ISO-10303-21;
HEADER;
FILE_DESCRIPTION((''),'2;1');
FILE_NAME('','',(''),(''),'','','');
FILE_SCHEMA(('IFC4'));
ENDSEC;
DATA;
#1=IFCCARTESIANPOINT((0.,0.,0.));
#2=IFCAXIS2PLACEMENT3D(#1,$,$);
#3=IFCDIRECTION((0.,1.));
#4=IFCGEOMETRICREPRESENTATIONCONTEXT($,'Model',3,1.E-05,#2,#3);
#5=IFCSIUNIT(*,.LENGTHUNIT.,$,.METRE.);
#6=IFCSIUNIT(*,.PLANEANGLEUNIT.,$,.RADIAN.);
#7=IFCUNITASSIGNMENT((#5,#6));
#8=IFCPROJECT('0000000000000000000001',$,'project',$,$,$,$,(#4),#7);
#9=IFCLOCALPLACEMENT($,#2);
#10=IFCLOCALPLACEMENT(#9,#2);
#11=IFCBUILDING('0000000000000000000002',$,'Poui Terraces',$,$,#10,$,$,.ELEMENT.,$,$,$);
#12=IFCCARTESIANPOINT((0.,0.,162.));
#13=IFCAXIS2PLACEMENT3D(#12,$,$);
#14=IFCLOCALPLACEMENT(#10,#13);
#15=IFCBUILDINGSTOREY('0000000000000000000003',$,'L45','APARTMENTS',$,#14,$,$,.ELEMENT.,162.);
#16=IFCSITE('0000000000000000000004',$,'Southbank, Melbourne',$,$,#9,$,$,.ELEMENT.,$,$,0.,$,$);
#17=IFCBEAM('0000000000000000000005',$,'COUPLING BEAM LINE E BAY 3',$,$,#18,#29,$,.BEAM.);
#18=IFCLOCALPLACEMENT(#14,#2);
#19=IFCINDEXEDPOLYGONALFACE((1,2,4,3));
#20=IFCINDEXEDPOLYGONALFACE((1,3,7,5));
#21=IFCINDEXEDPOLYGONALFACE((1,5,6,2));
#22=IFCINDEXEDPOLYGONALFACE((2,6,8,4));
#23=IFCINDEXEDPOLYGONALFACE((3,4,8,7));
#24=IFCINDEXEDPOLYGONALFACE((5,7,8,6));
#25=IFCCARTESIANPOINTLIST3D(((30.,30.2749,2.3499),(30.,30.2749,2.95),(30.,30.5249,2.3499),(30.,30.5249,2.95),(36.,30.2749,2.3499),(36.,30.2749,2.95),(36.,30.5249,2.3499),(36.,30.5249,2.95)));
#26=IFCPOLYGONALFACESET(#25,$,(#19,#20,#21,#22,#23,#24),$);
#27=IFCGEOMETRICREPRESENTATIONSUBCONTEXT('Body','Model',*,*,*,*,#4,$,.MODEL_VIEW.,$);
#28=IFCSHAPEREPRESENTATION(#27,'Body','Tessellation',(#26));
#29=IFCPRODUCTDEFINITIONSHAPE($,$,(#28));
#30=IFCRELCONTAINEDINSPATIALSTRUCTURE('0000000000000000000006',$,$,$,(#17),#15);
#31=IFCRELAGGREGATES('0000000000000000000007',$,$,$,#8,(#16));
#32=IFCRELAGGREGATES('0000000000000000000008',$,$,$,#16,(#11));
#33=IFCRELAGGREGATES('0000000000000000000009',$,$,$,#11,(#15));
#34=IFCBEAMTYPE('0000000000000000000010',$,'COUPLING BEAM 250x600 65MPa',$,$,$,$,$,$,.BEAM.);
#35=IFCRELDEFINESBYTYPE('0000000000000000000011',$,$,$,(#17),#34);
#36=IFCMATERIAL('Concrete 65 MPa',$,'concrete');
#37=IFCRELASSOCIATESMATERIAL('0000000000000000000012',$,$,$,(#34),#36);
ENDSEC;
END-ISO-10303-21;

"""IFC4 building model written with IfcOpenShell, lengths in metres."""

from ifc_helpers import new_model, si_unit, direction, frame, origin, origin_2d, place, context, subcontext, project, spatial, rectangle, extrude, source, transform, mapped, material, material_profile, profile_set, type_object, element, save


model = new_model("IFC4")

# Units and contexts
model_context = context("Model", 3, precision=1e-05, world=origin(), true_north=direction((0.0, 1.0)))
body_context = subcontext(model_context, "Body", "Model", "MODEL_VIEW")
ifc_project = project(units=[si_unit("LENGTHUNIT", "METRE"), si_unit("PLANEANGLEUNIT", "RADIAN")], contexts=[model_context])

# Site, building, storey
site_placement = place(None, origin())
site = spatial("IfcSite", under=ifc_project, at=site_placement, Name="Southbank, Melbourne", CompositionType="ELEMENT", RefElevation=0.0)
building_placement = place(site_placement, origin())
building = spatial("IfcBuilding", under=site, at=building_placement, Name="Poui Terraces", CompositionType="ELEMENT")
storey_placement = place(building_placement, frame((0.0, 0.0, 162.0)))
storey = spatial("IfcBuildingStorey", under=building, at=storey_placement, Name="L45", Description="APARTMENTS", CompositionType="ELEMENT", Elevation=162.0)

# Beam
ifc_material_1 = material(Name="Concrete 65 MPa", Category="concrete")
ifc_material_profile = material_profile(ifc_material_1, rectangle(XDim=0.25, YDim=0.6001, at=origin_2d()), Name="RC 250x600")
ifc_profile_set = profile_set([ifc_material_profile], Name="Concrete 65 MPa")
beam_type = type_object("IfcBeamType", Name="COUPLING BEAM 250x600 65MPa", PredefinedType="BEAM", material=ifc_profile_set)
shared_shape = source(origin(), body_context, "Body", "SweptSolid", [
    extrude(rectangle(XDim=0.25, YDim=0.6001, at=origin_2d()), origin(), (0.0, 0.0, 1.0), 6.0),
])
beam_placement = place(storey_placement, frame((30.0, 30.3999, 2.6499), z_axis=(1.0, 0.0, 0.0), x_axis=(0.0, 1.0, 0.0)))
element("IfcBeam", 1, at=beam_placement, inside=storey, type_object=beam_type, Name="COUPLING BEAM LINE E BAY 3", PredefinedType="BEAM", context=body_context, shape_type="MappedRepresentation", body=[
    mapped(shared_shape, transform((0.0, 0.0, 0.0))),
])

save(model, "model.ifc")
